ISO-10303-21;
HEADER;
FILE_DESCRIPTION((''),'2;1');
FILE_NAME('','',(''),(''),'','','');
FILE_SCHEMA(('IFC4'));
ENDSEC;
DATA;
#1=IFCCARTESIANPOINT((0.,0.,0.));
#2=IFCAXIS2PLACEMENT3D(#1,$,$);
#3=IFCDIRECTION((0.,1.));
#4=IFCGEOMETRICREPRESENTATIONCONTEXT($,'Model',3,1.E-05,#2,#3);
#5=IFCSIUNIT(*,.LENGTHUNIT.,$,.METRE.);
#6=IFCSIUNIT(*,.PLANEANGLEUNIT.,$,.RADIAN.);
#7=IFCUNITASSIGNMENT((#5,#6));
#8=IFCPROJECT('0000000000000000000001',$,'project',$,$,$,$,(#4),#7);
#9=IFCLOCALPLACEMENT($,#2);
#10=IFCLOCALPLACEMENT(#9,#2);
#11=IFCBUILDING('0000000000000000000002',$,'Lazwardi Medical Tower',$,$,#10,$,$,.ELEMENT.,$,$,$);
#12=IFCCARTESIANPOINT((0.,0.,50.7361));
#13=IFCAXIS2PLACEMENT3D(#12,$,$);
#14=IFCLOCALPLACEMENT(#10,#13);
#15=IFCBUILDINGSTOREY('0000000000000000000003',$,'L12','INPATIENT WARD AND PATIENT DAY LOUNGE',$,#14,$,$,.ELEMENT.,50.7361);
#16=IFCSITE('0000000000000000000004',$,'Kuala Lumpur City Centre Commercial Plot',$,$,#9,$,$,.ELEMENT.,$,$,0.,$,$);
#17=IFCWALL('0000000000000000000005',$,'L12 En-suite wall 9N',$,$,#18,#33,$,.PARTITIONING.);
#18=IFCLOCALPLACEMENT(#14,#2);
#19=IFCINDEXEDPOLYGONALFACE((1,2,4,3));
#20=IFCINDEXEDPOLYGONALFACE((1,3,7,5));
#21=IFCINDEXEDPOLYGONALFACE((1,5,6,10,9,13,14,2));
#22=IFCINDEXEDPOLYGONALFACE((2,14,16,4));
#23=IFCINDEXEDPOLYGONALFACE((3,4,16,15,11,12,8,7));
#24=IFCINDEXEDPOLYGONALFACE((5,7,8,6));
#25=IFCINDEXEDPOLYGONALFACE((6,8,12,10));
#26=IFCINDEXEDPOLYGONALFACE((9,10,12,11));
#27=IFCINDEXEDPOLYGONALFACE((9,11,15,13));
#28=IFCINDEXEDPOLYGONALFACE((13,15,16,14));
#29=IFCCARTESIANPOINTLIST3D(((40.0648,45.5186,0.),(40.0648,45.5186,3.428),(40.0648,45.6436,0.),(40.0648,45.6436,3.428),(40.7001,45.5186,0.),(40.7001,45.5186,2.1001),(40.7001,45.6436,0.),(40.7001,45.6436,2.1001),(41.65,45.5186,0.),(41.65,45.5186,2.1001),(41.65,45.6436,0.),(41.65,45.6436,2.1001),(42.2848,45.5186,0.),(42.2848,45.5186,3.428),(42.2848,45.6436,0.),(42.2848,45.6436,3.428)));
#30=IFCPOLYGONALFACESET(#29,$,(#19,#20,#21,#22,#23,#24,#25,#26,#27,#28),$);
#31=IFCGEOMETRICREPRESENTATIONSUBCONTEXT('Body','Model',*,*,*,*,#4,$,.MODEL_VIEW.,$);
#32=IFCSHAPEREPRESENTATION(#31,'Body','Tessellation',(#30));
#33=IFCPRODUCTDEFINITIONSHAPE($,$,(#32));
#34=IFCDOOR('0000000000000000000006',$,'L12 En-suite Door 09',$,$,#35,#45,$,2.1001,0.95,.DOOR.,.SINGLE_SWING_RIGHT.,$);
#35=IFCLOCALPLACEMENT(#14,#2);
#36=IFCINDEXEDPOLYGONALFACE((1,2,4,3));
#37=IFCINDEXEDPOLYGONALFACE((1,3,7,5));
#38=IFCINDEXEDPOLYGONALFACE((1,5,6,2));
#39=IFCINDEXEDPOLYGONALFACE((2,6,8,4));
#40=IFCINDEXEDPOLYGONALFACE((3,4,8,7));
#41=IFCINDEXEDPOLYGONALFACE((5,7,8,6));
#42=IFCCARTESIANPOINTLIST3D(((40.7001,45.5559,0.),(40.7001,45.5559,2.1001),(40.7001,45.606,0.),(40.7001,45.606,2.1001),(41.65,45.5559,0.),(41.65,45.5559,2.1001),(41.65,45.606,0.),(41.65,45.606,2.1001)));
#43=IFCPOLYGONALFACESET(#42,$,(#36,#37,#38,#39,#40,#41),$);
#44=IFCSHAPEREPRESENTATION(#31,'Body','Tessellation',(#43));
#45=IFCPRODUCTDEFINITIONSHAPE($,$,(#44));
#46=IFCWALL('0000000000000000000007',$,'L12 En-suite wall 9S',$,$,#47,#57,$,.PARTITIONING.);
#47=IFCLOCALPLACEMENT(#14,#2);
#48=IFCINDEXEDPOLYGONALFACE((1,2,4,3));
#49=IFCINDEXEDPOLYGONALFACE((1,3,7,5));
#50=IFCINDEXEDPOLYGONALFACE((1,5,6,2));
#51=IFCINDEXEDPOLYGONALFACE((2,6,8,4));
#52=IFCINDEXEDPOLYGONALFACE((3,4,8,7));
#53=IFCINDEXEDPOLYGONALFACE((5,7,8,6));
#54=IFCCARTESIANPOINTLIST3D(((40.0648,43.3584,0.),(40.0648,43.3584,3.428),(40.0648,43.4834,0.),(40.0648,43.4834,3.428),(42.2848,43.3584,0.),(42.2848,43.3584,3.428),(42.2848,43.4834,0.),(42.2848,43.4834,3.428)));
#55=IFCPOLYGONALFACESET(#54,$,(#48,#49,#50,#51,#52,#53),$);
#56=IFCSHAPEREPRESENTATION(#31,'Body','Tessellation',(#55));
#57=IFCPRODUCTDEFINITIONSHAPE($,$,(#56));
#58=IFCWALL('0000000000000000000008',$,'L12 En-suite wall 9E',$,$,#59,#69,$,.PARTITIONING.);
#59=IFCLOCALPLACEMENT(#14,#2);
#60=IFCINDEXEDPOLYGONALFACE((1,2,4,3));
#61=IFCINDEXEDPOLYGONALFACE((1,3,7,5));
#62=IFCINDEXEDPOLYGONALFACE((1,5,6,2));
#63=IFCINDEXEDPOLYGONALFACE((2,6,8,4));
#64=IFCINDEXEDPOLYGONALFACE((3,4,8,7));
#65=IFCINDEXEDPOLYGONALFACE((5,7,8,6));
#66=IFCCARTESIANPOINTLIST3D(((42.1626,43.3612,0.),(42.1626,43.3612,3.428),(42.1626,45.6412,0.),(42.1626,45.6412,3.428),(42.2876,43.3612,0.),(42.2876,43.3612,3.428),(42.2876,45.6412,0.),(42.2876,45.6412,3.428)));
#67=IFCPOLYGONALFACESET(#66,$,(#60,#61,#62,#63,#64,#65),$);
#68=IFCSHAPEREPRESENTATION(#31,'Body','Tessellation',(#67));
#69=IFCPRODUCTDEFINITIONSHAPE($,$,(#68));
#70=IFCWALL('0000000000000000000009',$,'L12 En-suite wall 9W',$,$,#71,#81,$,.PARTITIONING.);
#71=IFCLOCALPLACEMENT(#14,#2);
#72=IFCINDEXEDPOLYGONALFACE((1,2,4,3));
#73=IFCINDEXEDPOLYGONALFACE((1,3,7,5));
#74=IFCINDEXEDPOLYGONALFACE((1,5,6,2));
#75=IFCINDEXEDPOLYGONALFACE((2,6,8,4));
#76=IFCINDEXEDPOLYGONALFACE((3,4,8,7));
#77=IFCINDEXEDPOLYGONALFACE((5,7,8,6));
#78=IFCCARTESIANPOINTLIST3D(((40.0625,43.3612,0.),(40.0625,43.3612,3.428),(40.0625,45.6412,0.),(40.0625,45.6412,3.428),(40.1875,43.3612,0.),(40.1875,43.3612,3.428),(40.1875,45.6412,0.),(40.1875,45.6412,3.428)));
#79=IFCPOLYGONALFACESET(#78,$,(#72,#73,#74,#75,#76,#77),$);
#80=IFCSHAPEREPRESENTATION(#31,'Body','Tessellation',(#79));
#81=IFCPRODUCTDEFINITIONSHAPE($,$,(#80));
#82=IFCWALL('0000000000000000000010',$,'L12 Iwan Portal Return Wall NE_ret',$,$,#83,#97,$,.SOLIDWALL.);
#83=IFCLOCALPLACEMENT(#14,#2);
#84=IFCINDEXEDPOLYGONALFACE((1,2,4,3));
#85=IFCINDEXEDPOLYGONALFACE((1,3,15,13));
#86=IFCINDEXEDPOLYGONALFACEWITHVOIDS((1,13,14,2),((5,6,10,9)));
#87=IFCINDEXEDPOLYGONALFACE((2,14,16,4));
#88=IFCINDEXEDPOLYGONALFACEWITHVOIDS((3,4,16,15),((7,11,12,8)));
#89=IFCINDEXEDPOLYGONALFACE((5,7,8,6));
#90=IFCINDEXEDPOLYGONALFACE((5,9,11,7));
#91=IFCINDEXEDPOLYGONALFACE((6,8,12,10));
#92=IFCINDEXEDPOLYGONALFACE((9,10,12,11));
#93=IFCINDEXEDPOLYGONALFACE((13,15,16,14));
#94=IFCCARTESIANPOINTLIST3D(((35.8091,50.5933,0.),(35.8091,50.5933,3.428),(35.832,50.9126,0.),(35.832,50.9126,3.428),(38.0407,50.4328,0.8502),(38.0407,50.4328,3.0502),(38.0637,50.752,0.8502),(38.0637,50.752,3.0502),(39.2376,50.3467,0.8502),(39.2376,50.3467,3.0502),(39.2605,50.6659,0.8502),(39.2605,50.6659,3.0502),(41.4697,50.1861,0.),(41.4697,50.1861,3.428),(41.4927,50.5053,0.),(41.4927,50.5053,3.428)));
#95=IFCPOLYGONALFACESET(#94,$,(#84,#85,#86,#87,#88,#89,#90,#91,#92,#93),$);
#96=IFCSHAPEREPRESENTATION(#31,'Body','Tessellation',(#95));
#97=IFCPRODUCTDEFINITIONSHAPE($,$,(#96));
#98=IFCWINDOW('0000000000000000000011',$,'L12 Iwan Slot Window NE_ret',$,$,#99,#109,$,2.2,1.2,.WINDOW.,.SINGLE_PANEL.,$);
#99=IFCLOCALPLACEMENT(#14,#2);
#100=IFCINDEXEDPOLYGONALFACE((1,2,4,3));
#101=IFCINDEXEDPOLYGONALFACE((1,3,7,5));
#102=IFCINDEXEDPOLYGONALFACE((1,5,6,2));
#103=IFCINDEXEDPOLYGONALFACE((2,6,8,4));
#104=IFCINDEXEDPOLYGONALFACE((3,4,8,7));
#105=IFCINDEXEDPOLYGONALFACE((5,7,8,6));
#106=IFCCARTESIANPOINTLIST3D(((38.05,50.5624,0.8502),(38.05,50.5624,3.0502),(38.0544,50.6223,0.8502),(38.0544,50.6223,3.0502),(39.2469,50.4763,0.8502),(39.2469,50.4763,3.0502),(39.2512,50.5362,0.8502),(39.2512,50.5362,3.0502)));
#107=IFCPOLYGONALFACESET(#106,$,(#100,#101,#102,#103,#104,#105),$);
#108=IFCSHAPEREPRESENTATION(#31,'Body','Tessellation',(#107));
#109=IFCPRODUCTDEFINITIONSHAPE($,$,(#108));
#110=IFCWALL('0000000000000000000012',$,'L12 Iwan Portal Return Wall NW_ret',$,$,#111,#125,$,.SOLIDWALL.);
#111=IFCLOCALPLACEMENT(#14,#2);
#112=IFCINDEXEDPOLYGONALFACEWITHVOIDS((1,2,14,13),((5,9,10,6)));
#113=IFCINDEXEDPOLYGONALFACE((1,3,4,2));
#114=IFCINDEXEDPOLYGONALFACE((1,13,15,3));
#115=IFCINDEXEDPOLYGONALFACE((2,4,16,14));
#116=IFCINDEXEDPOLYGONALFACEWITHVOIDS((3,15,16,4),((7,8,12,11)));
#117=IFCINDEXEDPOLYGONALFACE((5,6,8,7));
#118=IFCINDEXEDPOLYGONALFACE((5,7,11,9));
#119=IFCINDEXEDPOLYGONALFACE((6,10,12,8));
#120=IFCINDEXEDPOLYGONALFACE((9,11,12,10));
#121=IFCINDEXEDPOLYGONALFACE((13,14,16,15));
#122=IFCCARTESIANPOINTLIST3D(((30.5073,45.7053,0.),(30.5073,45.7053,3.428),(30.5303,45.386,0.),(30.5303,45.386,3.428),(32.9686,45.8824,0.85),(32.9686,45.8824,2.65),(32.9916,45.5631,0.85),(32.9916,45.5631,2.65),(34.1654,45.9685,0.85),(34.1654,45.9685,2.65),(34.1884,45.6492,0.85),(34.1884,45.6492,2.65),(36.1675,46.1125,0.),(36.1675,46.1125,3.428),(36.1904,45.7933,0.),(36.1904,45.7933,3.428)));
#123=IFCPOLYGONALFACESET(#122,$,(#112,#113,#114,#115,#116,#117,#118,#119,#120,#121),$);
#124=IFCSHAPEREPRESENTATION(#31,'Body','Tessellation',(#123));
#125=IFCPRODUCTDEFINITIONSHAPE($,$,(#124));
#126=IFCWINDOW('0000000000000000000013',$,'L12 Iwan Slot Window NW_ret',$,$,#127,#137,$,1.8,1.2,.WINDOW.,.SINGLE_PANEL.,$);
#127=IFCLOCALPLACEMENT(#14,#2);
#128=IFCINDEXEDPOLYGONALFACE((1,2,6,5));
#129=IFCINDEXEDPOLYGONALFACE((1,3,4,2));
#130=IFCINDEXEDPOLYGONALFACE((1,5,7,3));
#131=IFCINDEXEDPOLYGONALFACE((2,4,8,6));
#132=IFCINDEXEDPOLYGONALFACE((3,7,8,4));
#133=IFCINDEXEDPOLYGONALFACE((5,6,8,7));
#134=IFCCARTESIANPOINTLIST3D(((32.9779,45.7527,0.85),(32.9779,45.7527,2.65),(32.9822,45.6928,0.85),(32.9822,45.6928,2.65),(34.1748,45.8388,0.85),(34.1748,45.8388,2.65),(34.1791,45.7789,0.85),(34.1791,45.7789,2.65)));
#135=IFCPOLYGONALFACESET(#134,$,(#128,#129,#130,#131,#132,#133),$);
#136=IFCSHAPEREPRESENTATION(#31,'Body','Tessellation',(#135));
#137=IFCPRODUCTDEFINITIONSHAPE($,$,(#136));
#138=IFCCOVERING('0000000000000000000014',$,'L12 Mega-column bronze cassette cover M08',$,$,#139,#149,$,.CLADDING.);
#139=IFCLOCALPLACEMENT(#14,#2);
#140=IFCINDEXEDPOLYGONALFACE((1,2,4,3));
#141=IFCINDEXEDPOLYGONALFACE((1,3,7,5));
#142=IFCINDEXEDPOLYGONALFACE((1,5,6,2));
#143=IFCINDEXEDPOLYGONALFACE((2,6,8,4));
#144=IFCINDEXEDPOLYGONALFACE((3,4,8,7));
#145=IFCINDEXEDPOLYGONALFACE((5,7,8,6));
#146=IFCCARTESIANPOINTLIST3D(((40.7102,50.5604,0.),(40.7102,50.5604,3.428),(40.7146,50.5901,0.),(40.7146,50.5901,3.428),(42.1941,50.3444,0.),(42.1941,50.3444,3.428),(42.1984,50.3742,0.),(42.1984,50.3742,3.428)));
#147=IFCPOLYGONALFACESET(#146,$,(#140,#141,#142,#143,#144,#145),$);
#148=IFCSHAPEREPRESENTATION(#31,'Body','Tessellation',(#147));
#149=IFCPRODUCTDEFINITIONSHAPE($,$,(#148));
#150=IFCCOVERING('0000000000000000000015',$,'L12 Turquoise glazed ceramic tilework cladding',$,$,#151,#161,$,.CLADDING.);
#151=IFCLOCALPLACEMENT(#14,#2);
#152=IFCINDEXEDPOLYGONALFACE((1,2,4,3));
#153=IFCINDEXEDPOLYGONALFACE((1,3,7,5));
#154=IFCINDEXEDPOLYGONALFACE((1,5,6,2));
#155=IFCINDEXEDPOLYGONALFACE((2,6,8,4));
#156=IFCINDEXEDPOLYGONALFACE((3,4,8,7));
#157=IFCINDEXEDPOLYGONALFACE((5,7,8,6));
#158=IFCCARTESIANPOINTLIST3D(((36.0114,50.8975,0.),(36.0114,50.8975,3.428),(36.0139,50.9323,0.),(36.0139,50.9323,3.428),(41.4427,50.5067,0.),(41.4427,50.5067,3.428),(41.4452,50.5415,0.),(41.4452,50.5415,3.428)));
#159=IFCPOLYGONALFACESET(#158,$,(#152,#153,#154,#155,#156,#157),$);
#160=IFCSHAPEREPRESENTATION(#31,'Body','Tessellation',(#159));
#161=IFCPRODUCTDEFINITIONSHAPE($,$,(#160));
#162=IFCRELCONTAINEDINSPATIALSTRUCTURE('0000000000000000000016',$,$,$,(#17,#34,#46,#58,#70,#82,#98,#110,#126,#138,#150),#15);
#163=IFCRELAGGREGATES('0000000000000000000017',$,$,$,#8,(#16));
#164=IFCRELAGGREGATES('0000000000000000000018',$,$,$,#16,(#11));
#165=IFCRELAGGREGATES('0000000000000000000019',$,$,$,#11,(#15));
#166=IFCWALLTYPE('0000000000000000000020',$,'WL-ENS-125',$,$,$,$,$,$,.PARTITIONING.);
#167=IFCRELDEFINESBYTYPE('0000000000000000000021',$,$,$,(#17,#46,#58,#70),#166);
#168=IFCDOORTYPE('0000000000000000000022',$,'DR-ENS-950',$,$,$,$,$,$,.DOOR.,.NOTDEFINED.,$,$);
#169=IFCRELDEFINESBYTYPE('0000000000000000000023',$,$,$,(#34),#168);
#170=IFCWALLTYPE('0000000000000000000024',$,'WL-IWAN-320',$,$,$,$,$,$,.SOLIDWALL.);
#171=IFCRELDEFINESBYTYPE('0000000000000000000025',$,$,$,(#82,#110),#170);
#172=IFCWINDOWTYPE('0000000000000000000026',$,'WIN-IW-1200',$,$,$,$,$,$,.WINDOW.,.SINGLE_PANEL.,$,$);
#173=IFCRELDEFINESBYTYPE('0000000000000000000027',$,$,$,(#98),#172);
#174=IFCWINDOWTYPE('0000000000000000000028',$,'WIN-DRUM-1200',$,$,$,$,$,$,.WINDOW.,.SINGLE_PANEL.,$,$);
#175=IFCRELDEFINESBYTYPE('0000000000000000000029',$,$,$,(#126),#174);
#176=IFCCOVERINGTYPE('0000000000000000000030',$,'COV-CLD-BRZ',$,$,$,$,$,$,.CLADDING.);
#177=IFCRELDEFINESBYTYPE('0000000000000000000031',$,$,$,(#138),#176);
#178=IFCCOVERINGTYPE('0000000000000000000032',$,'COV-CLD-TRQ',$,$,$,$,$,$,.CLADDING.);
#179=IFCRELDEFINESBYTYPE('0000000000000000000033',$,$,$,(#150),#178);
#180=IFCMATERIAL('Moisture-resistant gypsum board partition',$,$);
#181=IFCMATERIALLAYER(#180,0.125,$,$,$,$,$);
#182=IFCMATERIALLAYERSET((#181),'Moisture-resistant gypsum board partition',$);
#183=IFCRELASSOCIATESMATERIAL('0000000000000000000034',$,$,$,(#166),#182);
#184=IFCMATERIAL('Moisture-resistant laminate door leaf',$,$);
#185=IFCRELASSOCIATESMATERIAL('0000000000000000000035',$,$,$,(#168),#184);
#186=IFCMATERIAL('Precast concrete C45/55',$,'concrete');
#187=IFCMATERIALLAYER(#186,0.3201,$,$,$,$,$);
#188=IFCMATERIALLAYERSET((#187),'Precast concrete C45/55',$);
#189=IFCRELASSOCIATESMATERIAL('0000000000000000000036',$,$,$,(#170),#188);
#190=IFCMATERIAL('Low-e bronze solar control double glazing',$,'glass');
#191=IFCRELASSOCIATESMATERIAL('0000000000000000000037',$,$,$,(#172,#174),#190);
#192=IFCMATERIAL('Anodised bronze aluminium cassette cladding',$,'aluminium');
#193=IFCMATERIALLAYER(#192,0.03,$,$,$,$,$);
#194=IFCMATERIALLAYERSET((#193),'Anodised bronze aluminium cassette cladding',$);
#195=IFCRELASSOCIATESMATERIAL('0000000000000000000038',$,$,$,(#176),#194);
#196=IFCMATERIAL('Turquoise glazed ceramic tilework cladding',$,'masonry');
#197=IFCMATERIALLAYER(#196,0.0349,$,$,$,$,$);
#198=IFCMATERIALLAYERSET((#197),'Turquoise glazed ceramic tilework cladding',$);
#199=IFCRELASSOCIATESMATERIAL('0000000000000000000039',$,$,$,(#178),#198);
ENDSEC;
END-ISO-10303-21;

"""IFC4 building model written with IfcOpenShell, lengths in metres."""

from ifc_helpers import new_model, si_unit, direction, frame, frame_2d, origin, origin_2d, place, context, subcontext, project, spatial, rectangle, extrude, material, layer, layer_set, type_object, element, fill, save


model = new_model("IFC4")

# Units and contexts
model_context = context("Model", 3, precision=1e-05, world=origin(), true_north=direction((0.0, 1.0)))
body_context = subcontext(model_context, "Body", "Model", "MODEL_VIEW")
ifc_project = project(units=[si_unit("LENGTHUNIT", "METRE"), si_unit("PLANEANGLEUNIT", "RADIAN")], contexts=[model_context])

# Site, building, storey
site_placement = place(None, origin())
site = spatial("IfcSite", under=ifc_project, at=site_placement, Name="Kuala Lumpur City Centre Commercial Plot", CompositionType="ELEMENT", RefElevation=0.0)
building_placement = place(site_placement, origin())
building = spatial("IfcBuilding", under=site, at=building_placement, Name="Lazwardi Medical Tower", CompositionType="ELEMENT")
storey_placement = place(building_placement, frame((0.0, 0.0, 50.7361)))
storey = spatial("IfcBuildingStorey", under=building, at=storey_placement, Name="L12", Description="INPATIENT WARD AND PATIENT DAY LOUNGE", CompositionType="ELEMENT", Elevation=50.7361)

# Shared definitions
ifc_material_1 = material(Name="Low-e bronze solar control double glazing", Category="glass")

# Wall, opening, door
ifc_material_2 = material(Name="Moisture-resistant gypsum board partition")
ifc_layer_1 = layer(ifc_material_2, 0.125)
ifc_layer_set_1 = layer_set([ifc_layer_1], Name="Moisture-resistant gypsum board partition")
wall_type_1 = type_object("IfcWallType", Name="WL-ENS-125", PredefinedType="PARTITIONING", material=ifc_layer_set_1)
ifc_material_3 = material(Name="Moisture-resistant laminate door leaf")
door_type = type_object("IfcDoorType", Name="DR-ENS-950", OperationType="NOTDEFINED", PredefinedType="DOOR", material=ifc_material_3)
wall_1_placement = place(storey_placement, frame((40.0649, 45.5811, 0.0), z_axis=(0.0, 0.0, 1.0), x_axis=(1.0, 0.0, 0.0)))
wall_1 = element("IfcWall", 1, at=wall_1_placement, inside=storey, type_object=wall_type_1, Name="L12 En-suite wall 9N", PredefinedType="PARTITIONING", context=body_context, shape_type="SweptSolid", body=[
    extrude(rectangle(XDim=2.22, YDim=0.125, at=frame_2d((1.1099, 0.0))), origin(), (0.0, 0.0, 1.0), 3.428),
])
opening_1_placement = place(wall_1_placement, frame((0.635, 0.0, 0.0)))
opening_1 = element("IfcOpeningElement", 2, at=opening_1_placement, cuts=wall_1, PredefinedType="OPENING", context=body_context, shape_type="SweptSolid", body=[
    extrude(rectangle(XDim=0.95, YDim=2.1001, at=frame_2d((0.4751, 1.05))), frame((0.0, 0.0725, 0.0), z_axis=(0.0, -1.0, 0.0), x_axis=(1.0, 0.0, 0.0)), (0.0, 0.0, 1.0), 0.145),
])
door_1_placement = place(opening_1_placement, origin())
door_1 = element("IfcDoor", 3, at=door_1_placement, inside=storey, type_object=door_type, Name="L12 En-suite Door 09", OperationType="SINGLE_SWING_RIGHT", OverallHeight=2.1001, OverallWidth=0.95, PredefinedType="DOOR", context=body_context, shape_type="SweptSolid", body=[
    extrude(rectangle(XDim=0.95, YDim=2.1001, at=frame_2d((0.4751, 1.05))), frame((0.0, 0.0249, 0.0), z_axis=(0.0, -1.0, 0.0), x_axis=(1.0, 0.0, 0.0)), (0.0, 0.0, 1.0), 0.05),
])
fill(opening_1, door_1)

# Walls
wall_2_placement = place(storey_placement, frame((40.0649, 43.4209, 0.0), z_axis=(0.0, 0.0, 1.0), x_axis=(1.0, 0.0, 0.0)))
element("IfcWall", 4, at=wall_2_placement, inside=storey, type_object=wall_type_1, Name="L12 En-suite wall 9S", PredefinedType="PARTITIONING", context=body_context, shape_type="SweptSolid", body=[
    extrude(rectangle(XDim=2.22, YDim=0.125, at=frame_2d((1.1099, 0.0))), origin(), (0.0, 0.0, 1.0), 3.428),
])
for number, where, z_axis, x_axis, name in (
    (5, (42.2251, 43.3611, 0.0), (0.0, 0.0, 1.0), (0.0, 1.0, 0.0), "L12 En-suite wall 9E"),
    (6, (40.125, 43.3611, 0.0), (0.0, 0.0, 1.0), (0.0, 1.0, 0.0), "L12 En-suite wall 9W"),
):
    element("IfcWall", number, at=place(storey_placement, frame(where, z_axis=z_axis, x_axis=x_axis)), inside=storey, type_object=wall_type_1, Name=name, PredefinedType="PARTITIONING", context=body_context, shape_type="SweptSolid", body=[
        extrude(rectangle(XDim=2.28, YDim=0.125, at=frame_2d((1.1401, 0.0))), origin(), (0.0, 0.0, 1.0), 3.428),
    ])

# Walls, openings, windows
ifc_material_4 = material(Name="Precast concrete C45/55", Category="concrete")
ifc_layer_2 = layer(ifc_material_4, 0.3201)
ifc_layer_set_2 = layer_set([ifc_layer_2], Name="Precast concrete C45/55")
wall_type_2 = type_object("IfcWallType", Name="WL-IWAN-320", PredefinedType="SOLIDWALL", material=ifc_layer_set_2)
wall_3_placement = place(storey_placement, frame((41.4812, 50.3457, 0.0), z_axis=(0.0, 0.0, 1.0), x_axis=(-0.997422, 0.071755, 0.0)))
wall_3 = element("IfcWall", 7, at=wall_3_placement, inside=storey, type_object=wall_type_2, Name="L12 Iwan Portal Return Wall NE_ret", PredefinedType="SOLIDWALL", context=body_context, shape_type="SweptSolid", body=[
    extrude(rectangle(XDim=5.6753, YDim=0.3201, at=frame_2d((2.8376, 0.0))), origin(), (0.0, 0.0, 1.0), 3.428),
])
opening_2_placement = place(wall_3_placement, frame((2.2378, 0.0, 0.8501)))
opening_2 = element("IfcOpeningElement", 8, at=opening_2_placement, cuts=wall_3, PredefinedType="OPENING", context=body_context, shape_type="SweptSolid", body=[
    extrude(rectangle(XDim=1.2, YDim=2.2, at=frame_2d((0.6001, 1.1001))), frame((0.0, 0.1699, 0.0), z_axis=(0.0, -1.0, 0.0), x_axis=(1.0, 0.0, 0.0)), (0.0, 0.0, 1.0), 0.3401),
])
window_type_1 = type_object("IfcWindowType", Name="WIN-IW-1200", PartitioningType="SINGLE_PANEL", PredefinedType="WINDOW", material=ifc_material_1)
window_1_placement = place(opening_2_placement, origin())
window_1 = element("IfcWindow", 9, at=window_1_placement, inside=storey, type_object=window_type_1, Name="L12 Iwan Slot Window NE_ret", OverallHeight=2.2, OverallWidth=1.2, PartitioningType="SINGLE_PANEL", PredefinedType="WINDOW", context=body_context, shape_type="SweptSolid", body=[
    extrude(rectangle(XDim=1.2, YDim=2.2, at=frame_2d((0.6001, 1.1001))), frame((0.0, 0.03, 0.0), z_axis=(0.0, -1.0, 0.0), x_axis=(1.0, 0.0, 0.0)), (0.0, 0.0, 1.0), 0.0601),
])
fill(opening_2, window_1)
wall_4_placement = place(storey_placement, frame((36.179, 45.9529, 0.0), z_axis=(0.0, 0.0, 1.0), x_axis=(-0.997422, -0.071761, 0.0)))
wall_4 = element("IfcWall", 10, at=wall_4_placement, inside=storey, type_object=wall_type_2, Name="L12 Iwan Portal Return Wall NW_ret", PredefinedType="SOLIDWALL", context=body_context, shape_type="SweptSolid", body=[
    extrude(rectangle(XDim=5.6748, YDim=0.3201, at=frame_2d((2.8374, 0.0))), origin(), (0.0, 0.0, 1.0), 3.428),
])
opening_3_placement = place(wall_4_placement, frame((2.0071, 0.0, 0.8501)))
opening_3 = element("IfcOpeningElement", 11, at=opening_3_placement, cuts=wall_4, PredefinedType="OPENING", context=body_context, shape_type="SweptSolid", body=[
    extrude(rectangle(XDim=1.2, YDim=1.8, at=frame_2d((0.6001, 0.8999))), frame((0.0, 0.1699, 0.0), z_axis=(0.0, -1.0, 0.0), x_axis=(1.0, 0.0, 0.0)), (0.0, 0.0, 1.0), 0.3401),
])
window_type_2 = type_object("IfcWindowType", Name="WIN-DRUM-1200", PartitioningType="SINGLE_PANEL", PredefinedType="WINDOW", material=ifc_material_1)
window_2_placement = place(opening_3_placement, origin())
window_2 = element("IfcWindow", 12, at=window_2_placement, inside=storey, type_object=window_type_2, Name="L12 Iwan Slot Window NW_ret", OverallHeight=1.8, OverallWidth=1.2, PartitioningType="SINGLE_PANEL", PredefinedType="WINDOW", context=body_context, shape_type="SweptSolid", body=[
    extrude(rectangle(XDim=1.2, YDim=1.8, at=frame_2d((0.6001, 0.8999))), frame((0.0, 0.03, 0.0), z_axis=(0.0, -1.0, 0.0), x_axis=(1.0, 0.0, 0.0)), (0.0, 0.0, 1.0), 0.0601),
])
fill(opening_3, window_2)

# Coverings
ifc_material_5 = material(Name="Anodised bronze aluminium cassette cladding", Category="aluminium")
ifc_layer_3 = layer(ifc_material_5, 0.03)
ifc_layer_set_3 = layer_set([ifc_layer_3], Name="Anodised bronze aluminium cassette cladding")
covering_type_1 = type_object("IfcCoveringType", Name="COV-CLD-BRZ", PredefinedType="CLADDING", material=ifc_layer_set_3)
covering_1_placement = place(storey_placement, frame((41.4543, 50.4673, 0.0), z_axis=(0.0, 0.0, 1.0), x_axis=(-0.989573, 0.144035, 0.0)))
element("IfcCovering", 13, at=covering_1_placement, inside=storey, type_object=covering_type_1, Name="L12 Mega-column bronze cassette cover M08", PredefinedType="CLADDING", context=body_context, shape_type="SweptSolid", body=[
    extrude(rectangle(XDim=1.4995, YDim=0.03, at=origin_2d()), origin(), (0.0, 0.0, 1.0), 3.428),
])
ifc_material_6 = material(Name="Turquoise glazed ceramic tilework cladding", Category="masonry")
ifc_layer_4 = layer(ifc_material_6, 0.0349)
ifc_layer_set_4 = layer_set([ifc_layer_4], Name="Turquoise glazed ceramic tilework cladding")
covering_type_2 = type_object("IfcCoveringType", Name="COV-CLD-TRQ", PredefinedType="CLADDING", material=ifc_layer_set_4)
covering_2_placement = place(storey_placement, frame((38.7283, 50.7195, 0.0), z_axis=(0.0, 0.0, 1.0), x_axis=(-0.997421, 0.071767, 0.0)))
element("IfcCovering", 14, at=covering_2_placement, inside=storey, type_object=covering_type_2, Name="L12 Turquoise glazed ceramic tilework cladding", PredefinedType="CLADDING", context=body_context, shape_type="SweptSolid", body=[
    extrude(rectangle(XDim=5.4453, YDim=0.0349, at=origin_2d()), origin(), (0.0, 0.0, 1.0), 3.428),
])

save(model, "model.ifc")
